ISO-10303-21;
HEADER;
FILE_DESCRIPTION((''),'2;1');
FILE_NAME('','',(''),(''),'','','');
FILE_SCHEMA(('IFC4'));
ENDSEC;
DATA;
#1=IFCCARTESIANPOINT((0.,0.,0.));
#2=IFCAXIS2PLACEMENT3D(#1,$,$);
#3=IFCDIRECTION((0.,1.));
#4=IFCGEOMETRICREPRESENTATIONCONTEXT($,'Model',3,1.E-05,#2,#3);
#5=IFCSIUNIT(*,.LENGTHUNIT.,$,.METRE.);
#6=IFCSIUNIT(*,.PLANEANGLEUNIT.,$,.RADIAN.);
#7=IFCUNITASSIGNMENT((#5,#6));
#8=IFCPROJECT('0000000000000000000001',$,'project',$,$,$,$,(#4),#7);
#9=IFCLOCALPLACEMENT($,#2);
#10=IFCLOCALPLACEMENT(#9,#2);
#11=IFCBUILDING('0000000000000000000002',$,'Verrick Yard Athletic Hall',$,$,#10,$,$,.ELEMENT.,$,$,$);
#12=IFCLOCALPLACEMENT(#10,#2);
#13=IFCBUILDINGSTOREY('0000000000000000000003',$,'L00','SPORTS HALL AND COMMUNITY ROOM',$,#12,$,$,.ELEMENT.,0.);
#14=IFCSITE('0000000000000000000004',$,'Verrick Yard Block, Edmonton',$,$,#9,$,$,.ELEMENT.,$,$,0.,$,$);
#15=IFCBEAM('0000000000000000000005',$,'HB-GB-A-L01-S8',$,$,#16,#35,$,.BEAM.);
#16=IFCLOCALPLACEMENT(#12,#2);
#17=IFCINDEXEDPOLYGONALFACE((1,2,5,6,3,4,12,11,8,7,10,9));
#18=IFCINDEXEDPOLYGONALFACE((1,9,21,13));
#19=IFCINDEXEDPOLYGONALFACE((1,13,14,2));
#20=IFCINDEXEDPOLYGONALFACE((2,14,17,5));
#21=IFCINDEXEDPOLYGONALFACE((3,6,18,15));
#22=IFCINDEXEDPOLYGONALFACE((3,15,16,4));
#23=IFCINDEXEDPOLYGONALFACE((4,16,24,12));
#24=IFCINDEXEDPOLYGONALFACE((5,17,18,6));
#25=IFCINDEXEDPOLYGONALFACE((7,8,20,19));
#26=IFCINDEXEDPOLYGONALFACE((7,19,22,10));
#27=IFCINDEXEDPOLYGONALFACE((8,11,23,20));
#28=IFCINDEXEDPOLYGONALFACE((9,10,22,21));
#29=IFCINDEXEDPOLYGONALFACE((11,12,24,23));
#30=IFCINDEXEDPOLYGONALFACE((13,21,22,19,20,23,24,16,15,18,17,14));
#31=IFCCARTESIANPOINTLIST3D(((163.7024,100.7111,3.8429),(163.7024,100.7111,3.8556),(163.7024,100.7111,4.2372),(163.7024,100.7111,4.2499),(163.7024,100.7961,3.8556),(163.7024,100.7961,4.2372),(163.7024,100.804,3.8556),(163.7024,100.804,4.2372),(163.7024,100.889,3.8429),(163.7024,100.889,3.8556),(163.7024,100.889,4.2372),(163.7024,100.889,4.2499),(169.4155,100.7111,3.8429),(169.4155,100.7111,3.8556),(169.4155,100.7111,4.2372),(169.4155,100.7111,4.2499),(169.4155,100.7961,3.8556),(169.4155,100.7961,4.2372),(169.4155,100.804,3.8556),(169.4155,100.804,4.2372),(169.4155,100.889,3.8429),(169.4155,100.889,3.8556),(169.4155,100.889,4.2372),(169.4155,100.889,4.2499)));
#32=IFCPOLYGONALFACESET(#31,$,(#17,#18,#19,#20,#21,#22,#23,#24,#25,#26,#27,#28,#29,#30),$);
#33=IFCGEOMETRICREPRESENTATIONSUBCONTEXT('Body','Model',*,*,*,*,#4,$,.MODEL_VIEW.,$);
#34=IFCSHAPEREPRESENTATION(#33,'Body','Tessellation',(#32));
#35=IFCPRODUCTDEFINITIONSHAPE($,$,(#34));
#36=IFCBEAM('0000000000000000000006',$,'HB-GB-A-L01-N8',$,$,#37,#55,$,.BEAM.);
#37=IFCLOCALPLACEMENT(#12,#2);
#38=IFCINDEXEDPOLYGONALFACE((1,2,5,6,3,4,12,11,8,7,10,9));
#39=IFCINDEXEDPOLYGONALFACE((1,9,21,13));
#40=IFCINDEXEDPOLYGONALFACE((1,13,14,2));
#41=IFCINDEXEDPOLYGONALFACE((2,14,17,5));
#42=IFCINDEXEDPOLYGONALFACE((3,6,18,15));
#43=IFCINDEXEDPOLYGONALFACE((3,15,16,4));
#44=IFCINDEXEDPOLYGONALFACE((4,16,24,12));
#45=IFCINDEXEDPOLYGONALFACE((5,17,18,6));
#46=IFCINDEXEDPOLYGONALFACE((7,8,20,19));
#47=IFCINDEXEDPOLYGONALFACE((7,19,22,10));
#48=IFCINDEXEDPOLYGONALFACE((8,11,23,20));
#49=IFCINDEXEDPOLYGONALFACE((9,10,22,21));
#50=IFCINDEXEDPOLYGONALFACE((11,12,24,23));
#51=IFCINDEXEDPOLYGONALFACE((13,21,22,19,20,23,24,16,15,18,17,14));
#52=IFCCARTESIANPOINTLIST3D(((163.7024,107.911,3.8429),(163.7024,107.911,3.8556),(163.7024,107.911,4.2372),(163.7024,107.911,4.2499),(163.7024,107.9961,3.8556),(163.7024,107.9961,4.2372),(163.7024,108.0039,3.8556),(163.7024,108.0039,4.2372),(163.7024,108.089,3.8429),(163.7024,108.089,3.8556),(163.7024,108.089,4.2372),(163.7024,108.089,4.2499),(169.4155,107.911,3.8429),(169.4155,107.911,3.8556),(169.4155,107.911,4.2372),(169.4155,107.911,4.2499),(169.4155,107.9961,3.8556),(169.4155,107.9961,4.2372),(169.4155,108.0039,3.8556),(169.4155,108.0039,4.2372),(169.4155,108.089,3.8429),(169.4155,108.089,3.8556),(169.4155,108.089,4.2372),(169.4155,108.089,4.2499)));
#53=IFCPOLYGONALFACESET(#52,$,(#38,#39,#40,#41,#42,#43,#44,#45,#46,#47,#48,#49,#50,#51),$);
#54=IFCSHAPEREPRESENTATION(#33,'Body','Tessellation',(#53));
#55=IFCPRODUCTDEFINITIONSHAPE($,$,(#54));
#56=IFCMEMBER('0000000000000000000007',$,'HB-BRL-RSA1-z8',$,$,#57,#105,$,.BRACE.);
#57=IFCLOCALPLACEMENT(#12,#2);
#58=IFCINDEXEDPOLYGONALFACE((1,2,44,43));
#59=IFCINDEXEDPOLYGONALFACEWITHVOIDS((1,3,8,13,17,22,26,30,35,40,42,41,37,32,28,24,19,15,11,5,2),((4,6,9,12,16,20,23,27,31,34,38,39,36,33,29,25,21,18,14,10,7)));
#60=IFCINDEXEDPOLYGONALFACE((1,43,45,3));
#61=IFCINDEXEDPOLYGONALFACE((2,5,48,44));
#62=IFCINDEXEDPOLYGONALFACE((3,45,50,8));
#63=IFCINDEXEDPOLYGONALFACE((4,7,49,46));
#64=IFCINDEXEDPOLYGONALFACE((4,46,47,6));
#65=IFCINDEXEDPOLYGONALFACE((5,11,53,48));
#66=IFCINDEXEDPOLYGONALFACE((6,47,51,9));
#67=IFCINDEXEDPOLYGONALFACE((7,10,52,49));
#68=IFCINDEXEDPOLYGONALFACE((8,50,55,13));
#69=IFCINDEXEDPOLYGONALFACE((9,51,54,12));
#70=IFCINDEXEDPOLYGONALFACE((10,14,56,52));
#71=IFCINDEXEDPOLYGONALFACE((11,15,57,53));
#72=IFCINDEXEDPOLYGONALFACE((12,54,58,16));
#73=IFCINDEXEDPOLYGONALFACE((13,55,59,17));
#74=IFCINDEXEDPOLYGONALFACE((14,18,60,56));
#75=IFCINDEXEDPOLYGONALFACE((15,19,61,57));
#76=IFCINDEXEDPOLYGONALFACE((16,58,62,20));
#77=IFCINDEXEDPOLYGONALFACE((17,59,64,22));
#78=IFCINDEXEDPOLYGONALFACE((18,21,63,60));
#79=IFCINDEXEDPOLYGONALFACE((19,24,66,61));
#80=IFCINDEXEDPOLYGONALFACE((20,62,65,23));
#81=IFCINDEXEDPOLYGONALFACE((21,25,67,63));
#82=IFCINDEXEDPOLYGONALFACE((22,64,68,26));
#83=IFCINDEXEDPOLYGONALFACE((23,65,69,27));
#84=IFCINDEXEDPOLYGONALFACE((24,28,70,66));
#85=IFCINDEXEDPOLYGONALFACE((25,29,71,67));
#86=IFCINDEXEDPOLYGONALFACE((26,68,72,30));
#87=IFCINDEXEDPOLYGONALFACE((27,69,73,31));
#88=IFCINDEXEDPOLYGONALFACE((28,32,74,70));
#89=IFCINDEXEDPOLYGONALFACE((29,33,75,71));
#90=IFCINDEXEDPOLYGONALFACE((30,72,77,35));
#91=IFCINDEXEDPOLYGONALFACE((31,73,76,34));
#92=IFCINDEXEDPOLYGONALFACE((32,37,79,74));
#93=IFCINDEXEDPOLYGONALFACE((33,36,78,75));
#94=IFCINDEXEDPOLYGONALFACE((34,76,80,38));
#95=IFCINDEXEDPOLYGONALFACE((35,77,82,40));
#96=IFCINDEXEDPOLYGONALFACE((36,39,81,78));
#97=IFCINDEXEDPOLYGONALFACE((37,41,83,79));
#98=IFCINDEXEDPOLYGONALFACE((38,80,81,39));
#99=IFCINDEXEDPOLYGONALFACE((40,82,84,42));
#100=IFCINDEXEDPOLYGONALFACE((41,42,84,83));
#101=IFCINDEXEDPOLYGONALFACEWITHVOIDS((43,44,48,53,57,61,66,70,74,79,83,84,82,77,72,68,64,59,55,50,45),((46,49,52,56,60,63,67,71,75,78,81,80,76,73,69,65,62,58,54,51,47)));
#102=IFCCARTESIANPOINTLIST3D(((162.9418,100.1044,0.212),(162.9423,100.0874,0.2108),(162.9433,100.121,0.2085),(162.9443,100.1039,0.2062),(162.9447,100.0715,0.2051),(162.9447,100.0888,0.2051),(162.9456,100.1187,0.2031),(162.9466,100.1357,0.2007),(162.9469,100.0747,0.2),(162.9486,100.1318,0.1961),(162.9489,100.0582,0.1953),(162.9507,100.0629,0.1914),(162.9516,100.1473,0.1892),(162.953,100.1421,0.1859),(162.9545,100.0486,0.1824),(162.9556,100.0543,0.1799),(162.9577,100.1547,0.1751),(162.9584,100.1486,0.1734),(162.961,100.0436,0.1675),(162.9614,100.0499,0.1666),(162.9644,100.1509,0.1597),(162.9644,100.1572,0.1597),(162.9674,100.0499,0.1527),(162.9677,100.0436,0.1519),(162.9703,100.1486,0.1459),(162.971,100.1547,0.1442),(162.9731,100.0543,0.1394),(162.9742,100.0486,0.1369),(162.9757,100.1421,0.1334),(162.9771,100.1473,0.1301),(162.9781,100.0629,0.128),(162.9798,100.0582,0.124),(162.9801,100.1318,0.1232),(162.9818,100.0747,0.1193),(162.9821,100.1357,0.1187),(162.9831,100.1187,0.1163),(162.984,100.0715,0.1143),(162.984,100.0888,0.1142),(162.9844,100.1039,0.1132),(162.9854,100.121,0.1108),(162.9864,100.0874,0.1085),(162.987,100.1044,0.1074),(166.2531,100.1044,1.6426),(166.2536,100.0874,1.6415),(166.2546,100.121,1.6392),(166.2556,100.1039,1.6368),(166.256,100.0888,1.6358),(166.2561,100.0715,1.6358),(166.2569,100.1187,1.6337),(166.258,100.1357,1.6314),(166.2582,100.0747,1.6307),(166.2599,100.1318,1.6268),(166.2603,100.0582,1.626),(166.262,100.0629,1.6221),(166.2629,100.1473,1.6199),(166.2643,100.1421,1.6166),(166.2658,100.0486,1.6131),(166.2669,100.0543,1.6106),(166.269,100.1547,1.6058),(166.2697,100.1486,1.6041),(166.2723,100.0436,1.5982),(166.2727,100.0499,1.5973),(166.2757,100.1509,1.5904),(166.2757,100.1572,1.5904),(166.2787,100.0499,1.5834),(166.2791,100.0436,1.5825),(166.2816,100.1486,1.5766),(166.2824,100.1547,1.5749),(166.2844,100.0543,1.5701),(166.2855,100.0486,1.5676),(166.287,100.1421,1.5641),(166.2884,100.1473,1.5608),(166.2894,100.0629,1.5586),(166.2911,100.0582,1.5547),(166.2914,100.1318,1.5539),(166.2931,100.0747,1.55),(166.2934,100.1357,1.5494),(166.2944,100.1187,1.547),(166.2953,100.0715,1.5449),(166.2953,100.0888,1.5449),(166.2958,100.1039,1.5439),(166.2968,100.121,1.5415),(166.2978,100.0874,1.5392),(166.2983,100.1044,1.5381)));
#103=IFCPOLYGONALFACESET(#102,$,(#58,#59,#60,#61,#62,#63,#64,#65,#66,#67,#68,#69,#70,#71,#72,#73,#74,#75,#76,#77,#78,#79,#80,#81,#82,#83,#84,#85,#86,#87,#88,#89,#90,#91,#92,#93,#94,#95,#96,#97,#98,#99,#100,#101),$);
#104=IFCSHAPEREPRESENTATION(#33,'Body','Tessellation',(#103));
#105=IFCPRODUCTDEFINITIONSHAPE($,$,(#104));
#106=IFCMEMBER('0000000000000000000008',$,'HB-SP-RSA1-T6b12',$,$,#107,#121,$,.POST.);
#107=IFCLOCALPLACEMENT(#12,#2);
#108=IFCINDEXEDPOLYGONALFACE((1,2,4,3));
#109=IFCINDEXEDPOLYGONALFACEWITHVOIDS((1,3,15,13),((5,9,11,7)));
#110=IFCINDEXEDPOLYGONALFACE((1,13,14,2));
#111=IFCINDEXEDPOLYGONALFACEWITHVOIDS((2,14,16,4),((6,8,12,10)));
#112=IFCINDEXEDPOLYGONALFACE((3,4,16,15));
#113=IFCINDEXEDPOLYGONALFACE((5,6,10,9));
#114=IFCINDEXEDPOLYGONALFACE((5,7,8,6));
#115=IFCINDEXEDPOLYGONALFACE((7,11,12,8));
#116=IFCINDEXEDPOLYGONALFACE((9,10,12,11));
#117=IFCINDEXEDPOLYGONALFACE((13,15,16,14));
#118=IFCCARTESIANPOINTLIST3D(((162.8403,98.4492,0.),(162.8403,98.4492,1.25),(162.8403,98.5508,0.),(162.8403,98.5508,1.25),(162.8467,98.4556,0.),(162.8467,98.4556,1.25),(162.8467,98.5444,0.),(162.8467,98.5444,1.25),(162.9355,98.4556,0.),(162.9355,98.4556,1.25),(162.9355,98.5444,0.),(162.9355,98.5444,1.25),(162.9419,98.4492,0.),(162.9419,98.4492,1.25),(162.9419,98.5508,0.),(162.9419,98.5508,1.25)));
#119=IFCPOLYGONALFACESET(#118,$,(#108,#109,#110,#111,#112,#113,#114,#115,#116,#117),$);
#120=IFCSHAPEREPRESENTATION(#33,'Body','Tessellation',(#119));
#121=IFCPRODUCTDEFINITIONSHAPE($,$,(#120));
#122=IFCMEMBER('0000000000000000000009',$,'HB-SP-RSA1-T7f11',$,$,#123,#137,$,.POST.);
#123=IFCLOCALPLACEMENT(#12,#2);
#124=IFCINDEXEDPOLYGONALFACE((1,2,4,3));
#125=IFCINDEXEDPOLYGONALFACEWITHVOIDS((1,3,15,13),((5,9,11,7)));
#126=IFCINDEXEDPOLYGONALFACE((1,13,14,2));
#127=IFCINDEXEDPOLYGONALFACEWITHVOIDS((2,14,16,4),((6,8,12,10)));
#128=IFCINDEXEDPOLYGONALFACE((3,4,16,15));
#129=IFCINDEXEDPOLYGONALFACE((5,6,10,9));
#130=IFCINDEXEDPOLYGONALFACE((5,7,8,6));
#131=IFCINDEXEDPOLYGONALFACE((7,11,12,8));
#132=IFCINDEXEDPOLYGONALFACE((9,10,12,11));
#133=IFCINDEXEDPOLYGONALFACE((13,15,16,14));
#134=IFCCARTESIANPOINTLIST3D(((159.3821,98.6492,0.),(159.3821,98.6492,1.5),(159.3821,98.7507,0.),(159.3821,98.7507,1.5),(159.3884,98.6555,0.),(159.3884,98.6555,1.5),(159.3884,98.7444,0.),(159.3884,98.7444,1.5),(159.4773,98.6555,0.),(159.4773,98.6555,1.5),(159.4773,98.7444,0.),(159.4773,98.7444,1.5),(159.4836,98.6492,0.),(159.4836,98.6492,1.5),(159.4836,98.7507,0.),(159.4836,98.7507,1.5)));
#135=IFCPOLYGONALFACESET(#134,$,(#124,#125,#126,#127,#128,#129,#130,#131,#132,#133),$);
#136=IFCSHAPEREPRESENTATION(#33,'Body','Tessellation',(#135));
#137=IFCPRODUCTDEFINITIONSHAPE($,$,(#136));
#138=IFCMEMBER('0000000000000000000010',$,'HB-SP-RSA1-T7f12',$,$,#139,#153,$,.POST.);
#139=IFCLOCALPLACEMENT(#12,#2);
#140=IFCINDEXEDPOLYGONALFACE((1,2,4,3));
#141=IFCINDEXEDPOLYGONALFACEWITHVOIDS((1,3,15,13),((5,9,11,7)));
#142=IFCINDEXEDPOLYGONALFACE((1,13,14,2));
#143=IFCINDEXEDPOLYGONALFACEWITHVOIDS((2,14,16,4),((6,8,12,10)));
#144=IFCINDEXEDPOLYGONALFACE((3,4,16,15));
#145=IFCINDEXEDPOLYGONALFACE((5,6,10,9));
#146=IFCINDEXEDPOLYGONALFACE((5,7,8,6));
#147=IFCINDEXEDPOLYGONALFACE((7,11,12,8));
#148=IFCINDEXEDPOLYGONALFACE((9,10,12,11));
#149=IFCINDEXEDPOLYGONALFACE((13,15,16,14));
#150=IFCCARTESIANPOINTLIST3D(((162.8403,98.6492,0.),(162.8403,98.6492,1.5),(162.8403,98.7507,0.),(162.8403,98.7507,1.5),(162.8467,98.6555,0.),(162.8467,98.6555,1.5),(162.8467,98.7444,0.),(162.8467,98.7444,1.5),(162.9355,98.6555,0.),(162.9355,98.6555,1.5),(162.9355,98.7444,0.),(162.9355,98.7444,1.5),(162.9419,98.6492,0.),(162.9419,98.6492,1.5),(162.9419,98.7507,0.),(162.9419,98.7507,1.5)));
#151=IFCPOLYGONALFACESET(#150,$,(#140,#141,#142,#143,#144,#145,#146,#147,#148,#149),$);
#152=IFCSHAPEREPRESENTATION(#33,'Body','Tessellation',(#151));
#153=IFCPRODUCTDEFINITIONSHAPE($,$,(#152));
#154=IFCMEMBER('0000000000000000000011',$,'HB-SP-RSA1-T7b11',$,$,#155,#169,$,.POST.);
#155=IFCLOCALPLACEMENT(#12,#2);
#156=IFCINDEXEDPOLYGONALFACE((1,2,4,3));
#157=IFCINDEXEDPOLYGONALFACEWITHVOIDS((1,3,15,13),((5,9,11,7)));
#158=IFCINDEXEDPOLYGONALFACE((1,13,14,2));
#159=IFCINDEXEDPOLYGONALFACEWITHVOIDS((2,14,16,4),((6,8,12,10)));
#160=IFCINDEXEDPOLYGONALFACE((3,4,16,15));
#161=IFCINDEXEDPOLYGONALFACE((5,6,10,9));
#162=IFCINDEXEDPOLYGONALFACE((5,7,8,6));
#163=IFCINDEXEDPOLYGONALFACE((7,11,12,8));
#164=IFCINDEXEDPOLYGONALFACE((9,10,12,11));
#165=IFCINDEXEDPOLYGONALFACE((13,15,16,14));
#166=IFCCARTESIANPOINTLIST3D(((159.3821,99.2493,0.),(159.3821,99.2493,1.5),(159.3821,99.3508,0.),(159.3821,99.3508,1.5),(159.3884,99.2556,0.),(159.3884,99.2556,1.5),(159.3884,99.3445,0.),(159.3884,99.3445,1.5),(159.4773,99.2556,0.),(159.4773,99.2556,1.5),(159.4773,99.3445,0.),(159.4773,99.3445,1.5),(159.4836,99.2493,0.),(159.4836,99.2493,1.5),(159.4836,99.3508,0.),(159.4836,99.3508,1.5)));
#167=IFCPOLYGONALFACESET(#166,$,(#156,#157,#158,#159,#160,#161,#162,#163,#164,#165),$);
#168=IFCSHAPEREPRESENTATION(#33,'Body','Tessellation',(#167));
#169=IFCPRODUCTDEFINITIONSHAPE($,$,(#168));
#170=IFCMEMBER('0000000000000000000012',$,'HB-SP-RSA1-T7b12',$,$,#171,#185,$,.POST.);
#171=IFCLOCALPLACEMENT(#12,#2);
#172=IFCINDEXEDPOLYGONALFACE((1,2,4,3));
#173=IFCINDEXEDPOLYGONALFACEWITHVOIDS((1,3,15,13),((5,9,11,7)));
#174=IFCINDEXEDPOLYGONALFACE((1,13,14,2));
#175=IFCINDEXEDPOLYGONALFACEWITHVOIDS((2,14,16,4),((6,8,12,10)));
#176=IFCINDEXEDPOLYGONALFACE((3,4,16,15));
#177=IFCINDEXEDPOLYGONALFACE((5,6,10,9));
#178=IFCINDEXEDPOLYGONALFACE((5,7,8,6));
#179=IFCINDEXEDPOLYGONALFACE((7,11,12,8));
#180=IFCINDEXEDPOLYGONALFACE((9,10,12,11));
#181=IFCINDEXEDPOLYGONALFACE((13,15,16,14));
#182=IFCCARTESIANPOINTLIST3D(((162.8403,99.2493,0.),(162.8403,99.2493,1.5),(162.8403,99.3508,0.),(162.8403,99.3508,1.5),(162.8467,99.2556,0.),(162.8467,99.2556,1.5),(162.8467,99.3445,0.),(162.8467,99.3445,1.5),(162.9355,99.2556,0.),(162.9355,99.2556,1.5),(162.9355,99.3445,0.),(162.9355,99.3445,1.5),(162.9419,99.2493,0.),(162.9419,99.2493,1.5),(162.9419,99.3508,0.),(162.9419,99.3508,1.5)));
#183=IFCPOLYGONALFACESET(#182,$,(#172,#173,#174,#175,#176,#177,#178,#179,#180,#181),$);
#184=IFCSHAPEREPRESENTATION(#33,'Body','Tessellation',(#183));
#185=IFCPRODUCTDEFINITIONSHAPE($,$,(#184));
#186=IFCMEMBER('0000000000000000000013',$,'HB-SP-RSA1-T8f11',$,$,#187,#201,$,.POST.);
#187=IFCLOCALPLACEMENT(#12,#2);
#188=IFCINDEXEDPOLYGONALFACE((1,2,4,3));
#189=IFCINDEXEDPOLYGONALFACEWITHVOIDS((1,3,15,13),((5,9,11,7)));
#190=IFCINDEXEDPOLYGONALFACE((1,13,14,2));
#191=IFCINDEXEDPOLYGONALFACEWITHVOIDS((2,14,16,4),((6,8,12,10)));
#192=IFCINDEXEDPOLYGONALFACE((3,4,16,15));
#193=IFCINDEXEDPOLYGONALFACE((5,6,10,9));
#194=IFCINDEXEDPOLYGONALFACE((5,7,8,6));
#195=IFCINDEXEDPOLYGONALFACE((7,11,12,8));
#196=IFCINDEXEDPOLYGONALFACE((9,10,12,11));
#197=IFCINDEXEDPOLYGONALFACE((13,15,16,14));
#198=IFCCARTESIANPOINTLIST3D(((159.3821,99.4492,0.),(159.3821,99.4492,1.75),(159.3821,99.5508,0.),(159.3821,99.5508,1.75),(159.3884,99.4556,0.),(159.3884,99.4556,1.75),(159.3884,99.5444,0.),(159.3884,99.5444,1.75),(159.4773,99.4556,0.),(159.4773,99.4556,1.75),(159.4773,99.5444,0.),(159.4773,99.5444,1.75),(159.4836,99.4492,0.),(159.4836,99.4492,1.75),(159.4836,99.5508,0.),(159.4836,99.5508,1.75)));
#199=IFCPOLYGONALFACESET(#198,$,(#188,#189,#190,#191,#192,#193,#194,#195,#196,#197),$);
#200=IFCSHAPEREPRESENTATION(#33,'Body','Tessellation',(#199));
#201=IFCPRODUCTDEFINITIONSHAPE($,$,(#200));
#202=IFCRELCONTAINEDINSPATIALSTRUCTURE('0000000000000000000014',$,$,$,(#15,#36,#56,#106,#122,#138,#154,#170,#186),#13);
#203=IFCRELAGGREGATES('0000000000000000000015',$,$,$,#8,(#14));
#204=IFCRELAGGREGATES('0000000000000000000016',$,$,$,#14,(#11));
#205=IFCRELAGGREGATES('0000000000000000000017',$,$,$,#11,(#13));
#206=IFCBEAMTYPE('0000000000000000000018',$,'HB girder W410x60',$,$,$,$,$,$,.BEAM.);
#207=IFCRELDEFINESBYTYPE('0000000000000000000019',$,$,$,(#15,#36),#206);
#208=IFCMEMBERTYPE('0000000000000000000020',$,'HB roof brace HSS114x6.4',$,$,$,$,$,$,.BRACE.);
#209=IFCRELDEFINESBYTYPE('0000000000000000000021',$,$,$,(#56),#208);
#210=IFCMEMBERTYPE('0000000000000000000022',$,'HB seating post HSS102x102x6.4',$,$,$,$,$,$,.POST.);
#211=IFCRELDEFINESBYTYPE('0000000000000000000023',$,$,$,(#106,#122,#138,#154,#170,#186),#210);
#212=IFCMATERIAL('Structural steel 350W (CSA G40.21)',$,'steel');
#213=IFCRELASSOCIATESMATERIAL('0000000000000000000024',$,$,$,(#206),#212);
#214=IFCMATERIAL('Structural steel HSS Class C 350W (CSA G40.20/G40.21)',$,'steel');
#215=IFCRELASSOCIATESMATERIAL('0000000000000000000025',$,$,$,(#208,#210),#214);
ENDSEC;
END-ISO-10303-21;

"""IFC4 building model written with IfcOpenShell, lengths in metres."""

from ifc_helpers import new_model, si_unit, direction, frame, origin, origin_2d, place, context, subcontext, project, spatial, hollow_rectangle, hollow_circle, i_section, extrude, material, material_profile, profile_set, type_object, element, save


model = new_model("IFC4")

# Units and contexts
model_context = context("Model", 3, precision=1e-05, world=origin(), true_north=direction((0.0, 1.0)))
body_context = subcontext(model_context, "Body", "Model", "MODEL_VIEW")
ifc_project = project(units=[si_unit("LENGTHUNIT", "METRE"), si_unit("PLANEANGLEUNIT", "RADIAN")], contexts=[model_context])

# Site, building, storey
site_placement = place(None, origin())
site = spatial("IfcSite", under=ifc_project, at=site_placement, Name="Verrick Yard Block, Edmonton", CompositionType="ELEMENT", RefElevation=0.0)
building_placement = place(site_placement, origin())
building = spatial("IfcBuilding", under=site, at=building_placement, Name="Verrick Yard Athletic Hall", CompositionType="ELEMENT")
storey_placement = place(building_placement, origin())
storey = spatial("IfcBuildingStorey", under=building, at=storey_placement, Name="L00", Description="SPORTS HALL AND COMMUNITY ROOM", CompositionType="ELEMENT", Elevation=0.0)

# Shared definitions
ifc_material_1 = material(Name="Structural steel 350W (CSA G40.21)", Category="steel")

# Beams
ifc_material_profile_1 = material_profile(ifc_material_1, i_section(OverallWidth=0.178, OverallDepth=0.407, WebThickness=0.0078, FlangeThickness=0.0127, at=origin_2d()), Name="W410x60")
ifc_profile_set_1 = profile_set([ifc_material_profile_1], Name="Structural steel 350W (CSA G40.21)")
beam_type_1 = type_object("IfcBeamType", Name="HB girder W410x60", PredefinedType="BEAM", material=ifc_profile_set_1)
for number, where, z_axis, x_axis, name in (
    (1, (163.7024, 100.8, 4.0464), (1.0, 0.0, 0.0), (0.0, 1.0, 0.0), "HB-GB-A-L01-S8"),
    (2, (163.7024, 108.0, 4.0464), (1.0, 0.0, 0.0), (0.0, 1.0, 0.0), "HB-GB-A-L01-N8"),
):
    element("IfcBeam", number, at=place(storey_placement, frame(where, z_axis=z_axis, x_axis=x_axis)), inside=storey, type_object=beam_type_1, Name=name, PredefinedType="BEAM", context=body_context, shape_type="SweptSolid", body=[
        extrude(i_section(OverallWidth=0.178, OverallDepth=0.407, WebThickness=0.0078, FlangeThickness=0.0127, at=origin_2d()), origin(), (0.0, 0.0, 1.0), 5.7131),
    ])

# Members
ifc_material_2 = material(Name="Structural steel HSS Class C 350W (CSA G40.20/G40.21)", Category="steel")
ifc_material_profile_2 = material_profile(ifc_material_2, hollow_circle(Radius=0.0571, WallThickness=0.0063, at=origin_2d()), Name="HSS114x6.4")
ifc_profile_set_2 = profile_set([ifc_material_profile_2], Name="Structural steel HSS Class C 350W (CSA G40.20/G40.21)")
member_type_1 = type_object("IfcMemberType", Name="HB roof brace HSS114x6.4", PredefinedType="BRACE", material=ifc_profile_set_2)
member_1_placement = place(storey_placement, frame((162.9644, 100.1001, 0.1597), z_axis=(0.917982, 0.0, 0.396621), x_axis=(0.0, 1.0, 0.0)))
element("IfcMember", 3, at=member_1_placement, inside=storey, type_object=member_type_1, Name="HB-BRL-RSA1-z8", PredefinedType="BRACE", context=body_context, shape_type="SweptSolid", body=[
    extrude(hollow_circle(Radius=0.0571, WallThickness=0.0063, at=origin_2d()), origin(), (0.0, 0.0, 1.0), 3.6072),
])
ifc_material_profile_3 = material_profile(ifc_material_2, hollow_rectangle(XDim=0.1016, YDim=0.1016, WallThickness=0.0063, at=origin_2d()), Name="HSS102x102x6.4")
ifc_profile_set_3 = profile_set([ifc_material_profile_3], Name="Structural steel HSS Class C 350W (CSA G40.20/G40.21)")
member_type_2 = type_object("IfcMemberType", Name="HB seating post HSS102x102x6.4", PredefinedType="POST", material=ifc_profile_set_3)
member_2_placement = place(storey_placement, frame((162.8911, 98.5, 0.0), z_axis=(0.0, 0.0, 1.0), x_axis=(0.0, 1.0, 0.0)))
element("IfcMember", 4, at=member_2_placement, inside=storey, type_object=member_type_2, Name="HB-SP-RSA1-T6b12", PredefinedType="POST", context=body_context, shape_type="SweptSolid", body=[
    extrude(hollow_rectangle(XDim=0.1016, YDim=0.1016, WallThickness=0.0063, at=origin_2d()), origin(), (0.0, 0.0, 1.0), 1.25),
])
for number, where, z_axis, x_axis, name in (
    (5, (159.4329, 98.7, 0.0), (0.0, 0.0, 1.0), (0.0, 1.0, 0.0), "HB-SP-RSA1-T7f11"),
    (6, (162.8911, 98.7, 0.0), (0.0, 0.0, 1.0), (0.0, 1.0, 0.0), "HB-SP-RSA1-T7f12"),
    (7, (159.4329, 99.3, 0.0), (0.0, 0.0, 1.0), (0.0, 1.0, 0.0), "HB-SP-RSA1-T7b11"),
    (8, (162.8911, 99.3, 0.0), (0.0, 0.0, 1.0), (0.0, 1.0, 0.0), "HB-SP-RSA1-T7b12"),
):
    element("IfcMember", number, at=place(storey_placement, frame(where, z_axis=z_axis, x_axis=x_axis)), inside=storey, type_object=member_type_2, Name=name, PredefinedType="POST", context=body_context, shape_type="SweptSolid", body=[
        extrude(hollow_rectangle(XDim=0.1016, YDim=0.1016, WallThickness=0.0063, at=origin_2d()), origin(), (0.0, 0.0, 1.0), 1.5),
    ])
for number, where, z_axis, x_axis, name in (
    (9, (159.4329, 99.5, 0.0), (0.0, 0.0, 1.0), (0.0, 1.0, 0.0), "HB-SP-RSA1-T8f11"),
):
    element("IfcMember", number, at=place(storey_placement, frame(where, z_axis=z_axis, x_axis=x_axis)), inside=storey, type_object=member_type_2, Name=name, PredefinedType="POST", context=body_context, shape_type="SweptSolid", body=[
        extrude(hollow_rectangle(XDim=0.1016, YDim=0.1016, WallThickness=0.0063, at=origin_2d()), origin(), (0.0, 0.0, 1.0), 1.75),
    ])

save(model, "model.ifc")
